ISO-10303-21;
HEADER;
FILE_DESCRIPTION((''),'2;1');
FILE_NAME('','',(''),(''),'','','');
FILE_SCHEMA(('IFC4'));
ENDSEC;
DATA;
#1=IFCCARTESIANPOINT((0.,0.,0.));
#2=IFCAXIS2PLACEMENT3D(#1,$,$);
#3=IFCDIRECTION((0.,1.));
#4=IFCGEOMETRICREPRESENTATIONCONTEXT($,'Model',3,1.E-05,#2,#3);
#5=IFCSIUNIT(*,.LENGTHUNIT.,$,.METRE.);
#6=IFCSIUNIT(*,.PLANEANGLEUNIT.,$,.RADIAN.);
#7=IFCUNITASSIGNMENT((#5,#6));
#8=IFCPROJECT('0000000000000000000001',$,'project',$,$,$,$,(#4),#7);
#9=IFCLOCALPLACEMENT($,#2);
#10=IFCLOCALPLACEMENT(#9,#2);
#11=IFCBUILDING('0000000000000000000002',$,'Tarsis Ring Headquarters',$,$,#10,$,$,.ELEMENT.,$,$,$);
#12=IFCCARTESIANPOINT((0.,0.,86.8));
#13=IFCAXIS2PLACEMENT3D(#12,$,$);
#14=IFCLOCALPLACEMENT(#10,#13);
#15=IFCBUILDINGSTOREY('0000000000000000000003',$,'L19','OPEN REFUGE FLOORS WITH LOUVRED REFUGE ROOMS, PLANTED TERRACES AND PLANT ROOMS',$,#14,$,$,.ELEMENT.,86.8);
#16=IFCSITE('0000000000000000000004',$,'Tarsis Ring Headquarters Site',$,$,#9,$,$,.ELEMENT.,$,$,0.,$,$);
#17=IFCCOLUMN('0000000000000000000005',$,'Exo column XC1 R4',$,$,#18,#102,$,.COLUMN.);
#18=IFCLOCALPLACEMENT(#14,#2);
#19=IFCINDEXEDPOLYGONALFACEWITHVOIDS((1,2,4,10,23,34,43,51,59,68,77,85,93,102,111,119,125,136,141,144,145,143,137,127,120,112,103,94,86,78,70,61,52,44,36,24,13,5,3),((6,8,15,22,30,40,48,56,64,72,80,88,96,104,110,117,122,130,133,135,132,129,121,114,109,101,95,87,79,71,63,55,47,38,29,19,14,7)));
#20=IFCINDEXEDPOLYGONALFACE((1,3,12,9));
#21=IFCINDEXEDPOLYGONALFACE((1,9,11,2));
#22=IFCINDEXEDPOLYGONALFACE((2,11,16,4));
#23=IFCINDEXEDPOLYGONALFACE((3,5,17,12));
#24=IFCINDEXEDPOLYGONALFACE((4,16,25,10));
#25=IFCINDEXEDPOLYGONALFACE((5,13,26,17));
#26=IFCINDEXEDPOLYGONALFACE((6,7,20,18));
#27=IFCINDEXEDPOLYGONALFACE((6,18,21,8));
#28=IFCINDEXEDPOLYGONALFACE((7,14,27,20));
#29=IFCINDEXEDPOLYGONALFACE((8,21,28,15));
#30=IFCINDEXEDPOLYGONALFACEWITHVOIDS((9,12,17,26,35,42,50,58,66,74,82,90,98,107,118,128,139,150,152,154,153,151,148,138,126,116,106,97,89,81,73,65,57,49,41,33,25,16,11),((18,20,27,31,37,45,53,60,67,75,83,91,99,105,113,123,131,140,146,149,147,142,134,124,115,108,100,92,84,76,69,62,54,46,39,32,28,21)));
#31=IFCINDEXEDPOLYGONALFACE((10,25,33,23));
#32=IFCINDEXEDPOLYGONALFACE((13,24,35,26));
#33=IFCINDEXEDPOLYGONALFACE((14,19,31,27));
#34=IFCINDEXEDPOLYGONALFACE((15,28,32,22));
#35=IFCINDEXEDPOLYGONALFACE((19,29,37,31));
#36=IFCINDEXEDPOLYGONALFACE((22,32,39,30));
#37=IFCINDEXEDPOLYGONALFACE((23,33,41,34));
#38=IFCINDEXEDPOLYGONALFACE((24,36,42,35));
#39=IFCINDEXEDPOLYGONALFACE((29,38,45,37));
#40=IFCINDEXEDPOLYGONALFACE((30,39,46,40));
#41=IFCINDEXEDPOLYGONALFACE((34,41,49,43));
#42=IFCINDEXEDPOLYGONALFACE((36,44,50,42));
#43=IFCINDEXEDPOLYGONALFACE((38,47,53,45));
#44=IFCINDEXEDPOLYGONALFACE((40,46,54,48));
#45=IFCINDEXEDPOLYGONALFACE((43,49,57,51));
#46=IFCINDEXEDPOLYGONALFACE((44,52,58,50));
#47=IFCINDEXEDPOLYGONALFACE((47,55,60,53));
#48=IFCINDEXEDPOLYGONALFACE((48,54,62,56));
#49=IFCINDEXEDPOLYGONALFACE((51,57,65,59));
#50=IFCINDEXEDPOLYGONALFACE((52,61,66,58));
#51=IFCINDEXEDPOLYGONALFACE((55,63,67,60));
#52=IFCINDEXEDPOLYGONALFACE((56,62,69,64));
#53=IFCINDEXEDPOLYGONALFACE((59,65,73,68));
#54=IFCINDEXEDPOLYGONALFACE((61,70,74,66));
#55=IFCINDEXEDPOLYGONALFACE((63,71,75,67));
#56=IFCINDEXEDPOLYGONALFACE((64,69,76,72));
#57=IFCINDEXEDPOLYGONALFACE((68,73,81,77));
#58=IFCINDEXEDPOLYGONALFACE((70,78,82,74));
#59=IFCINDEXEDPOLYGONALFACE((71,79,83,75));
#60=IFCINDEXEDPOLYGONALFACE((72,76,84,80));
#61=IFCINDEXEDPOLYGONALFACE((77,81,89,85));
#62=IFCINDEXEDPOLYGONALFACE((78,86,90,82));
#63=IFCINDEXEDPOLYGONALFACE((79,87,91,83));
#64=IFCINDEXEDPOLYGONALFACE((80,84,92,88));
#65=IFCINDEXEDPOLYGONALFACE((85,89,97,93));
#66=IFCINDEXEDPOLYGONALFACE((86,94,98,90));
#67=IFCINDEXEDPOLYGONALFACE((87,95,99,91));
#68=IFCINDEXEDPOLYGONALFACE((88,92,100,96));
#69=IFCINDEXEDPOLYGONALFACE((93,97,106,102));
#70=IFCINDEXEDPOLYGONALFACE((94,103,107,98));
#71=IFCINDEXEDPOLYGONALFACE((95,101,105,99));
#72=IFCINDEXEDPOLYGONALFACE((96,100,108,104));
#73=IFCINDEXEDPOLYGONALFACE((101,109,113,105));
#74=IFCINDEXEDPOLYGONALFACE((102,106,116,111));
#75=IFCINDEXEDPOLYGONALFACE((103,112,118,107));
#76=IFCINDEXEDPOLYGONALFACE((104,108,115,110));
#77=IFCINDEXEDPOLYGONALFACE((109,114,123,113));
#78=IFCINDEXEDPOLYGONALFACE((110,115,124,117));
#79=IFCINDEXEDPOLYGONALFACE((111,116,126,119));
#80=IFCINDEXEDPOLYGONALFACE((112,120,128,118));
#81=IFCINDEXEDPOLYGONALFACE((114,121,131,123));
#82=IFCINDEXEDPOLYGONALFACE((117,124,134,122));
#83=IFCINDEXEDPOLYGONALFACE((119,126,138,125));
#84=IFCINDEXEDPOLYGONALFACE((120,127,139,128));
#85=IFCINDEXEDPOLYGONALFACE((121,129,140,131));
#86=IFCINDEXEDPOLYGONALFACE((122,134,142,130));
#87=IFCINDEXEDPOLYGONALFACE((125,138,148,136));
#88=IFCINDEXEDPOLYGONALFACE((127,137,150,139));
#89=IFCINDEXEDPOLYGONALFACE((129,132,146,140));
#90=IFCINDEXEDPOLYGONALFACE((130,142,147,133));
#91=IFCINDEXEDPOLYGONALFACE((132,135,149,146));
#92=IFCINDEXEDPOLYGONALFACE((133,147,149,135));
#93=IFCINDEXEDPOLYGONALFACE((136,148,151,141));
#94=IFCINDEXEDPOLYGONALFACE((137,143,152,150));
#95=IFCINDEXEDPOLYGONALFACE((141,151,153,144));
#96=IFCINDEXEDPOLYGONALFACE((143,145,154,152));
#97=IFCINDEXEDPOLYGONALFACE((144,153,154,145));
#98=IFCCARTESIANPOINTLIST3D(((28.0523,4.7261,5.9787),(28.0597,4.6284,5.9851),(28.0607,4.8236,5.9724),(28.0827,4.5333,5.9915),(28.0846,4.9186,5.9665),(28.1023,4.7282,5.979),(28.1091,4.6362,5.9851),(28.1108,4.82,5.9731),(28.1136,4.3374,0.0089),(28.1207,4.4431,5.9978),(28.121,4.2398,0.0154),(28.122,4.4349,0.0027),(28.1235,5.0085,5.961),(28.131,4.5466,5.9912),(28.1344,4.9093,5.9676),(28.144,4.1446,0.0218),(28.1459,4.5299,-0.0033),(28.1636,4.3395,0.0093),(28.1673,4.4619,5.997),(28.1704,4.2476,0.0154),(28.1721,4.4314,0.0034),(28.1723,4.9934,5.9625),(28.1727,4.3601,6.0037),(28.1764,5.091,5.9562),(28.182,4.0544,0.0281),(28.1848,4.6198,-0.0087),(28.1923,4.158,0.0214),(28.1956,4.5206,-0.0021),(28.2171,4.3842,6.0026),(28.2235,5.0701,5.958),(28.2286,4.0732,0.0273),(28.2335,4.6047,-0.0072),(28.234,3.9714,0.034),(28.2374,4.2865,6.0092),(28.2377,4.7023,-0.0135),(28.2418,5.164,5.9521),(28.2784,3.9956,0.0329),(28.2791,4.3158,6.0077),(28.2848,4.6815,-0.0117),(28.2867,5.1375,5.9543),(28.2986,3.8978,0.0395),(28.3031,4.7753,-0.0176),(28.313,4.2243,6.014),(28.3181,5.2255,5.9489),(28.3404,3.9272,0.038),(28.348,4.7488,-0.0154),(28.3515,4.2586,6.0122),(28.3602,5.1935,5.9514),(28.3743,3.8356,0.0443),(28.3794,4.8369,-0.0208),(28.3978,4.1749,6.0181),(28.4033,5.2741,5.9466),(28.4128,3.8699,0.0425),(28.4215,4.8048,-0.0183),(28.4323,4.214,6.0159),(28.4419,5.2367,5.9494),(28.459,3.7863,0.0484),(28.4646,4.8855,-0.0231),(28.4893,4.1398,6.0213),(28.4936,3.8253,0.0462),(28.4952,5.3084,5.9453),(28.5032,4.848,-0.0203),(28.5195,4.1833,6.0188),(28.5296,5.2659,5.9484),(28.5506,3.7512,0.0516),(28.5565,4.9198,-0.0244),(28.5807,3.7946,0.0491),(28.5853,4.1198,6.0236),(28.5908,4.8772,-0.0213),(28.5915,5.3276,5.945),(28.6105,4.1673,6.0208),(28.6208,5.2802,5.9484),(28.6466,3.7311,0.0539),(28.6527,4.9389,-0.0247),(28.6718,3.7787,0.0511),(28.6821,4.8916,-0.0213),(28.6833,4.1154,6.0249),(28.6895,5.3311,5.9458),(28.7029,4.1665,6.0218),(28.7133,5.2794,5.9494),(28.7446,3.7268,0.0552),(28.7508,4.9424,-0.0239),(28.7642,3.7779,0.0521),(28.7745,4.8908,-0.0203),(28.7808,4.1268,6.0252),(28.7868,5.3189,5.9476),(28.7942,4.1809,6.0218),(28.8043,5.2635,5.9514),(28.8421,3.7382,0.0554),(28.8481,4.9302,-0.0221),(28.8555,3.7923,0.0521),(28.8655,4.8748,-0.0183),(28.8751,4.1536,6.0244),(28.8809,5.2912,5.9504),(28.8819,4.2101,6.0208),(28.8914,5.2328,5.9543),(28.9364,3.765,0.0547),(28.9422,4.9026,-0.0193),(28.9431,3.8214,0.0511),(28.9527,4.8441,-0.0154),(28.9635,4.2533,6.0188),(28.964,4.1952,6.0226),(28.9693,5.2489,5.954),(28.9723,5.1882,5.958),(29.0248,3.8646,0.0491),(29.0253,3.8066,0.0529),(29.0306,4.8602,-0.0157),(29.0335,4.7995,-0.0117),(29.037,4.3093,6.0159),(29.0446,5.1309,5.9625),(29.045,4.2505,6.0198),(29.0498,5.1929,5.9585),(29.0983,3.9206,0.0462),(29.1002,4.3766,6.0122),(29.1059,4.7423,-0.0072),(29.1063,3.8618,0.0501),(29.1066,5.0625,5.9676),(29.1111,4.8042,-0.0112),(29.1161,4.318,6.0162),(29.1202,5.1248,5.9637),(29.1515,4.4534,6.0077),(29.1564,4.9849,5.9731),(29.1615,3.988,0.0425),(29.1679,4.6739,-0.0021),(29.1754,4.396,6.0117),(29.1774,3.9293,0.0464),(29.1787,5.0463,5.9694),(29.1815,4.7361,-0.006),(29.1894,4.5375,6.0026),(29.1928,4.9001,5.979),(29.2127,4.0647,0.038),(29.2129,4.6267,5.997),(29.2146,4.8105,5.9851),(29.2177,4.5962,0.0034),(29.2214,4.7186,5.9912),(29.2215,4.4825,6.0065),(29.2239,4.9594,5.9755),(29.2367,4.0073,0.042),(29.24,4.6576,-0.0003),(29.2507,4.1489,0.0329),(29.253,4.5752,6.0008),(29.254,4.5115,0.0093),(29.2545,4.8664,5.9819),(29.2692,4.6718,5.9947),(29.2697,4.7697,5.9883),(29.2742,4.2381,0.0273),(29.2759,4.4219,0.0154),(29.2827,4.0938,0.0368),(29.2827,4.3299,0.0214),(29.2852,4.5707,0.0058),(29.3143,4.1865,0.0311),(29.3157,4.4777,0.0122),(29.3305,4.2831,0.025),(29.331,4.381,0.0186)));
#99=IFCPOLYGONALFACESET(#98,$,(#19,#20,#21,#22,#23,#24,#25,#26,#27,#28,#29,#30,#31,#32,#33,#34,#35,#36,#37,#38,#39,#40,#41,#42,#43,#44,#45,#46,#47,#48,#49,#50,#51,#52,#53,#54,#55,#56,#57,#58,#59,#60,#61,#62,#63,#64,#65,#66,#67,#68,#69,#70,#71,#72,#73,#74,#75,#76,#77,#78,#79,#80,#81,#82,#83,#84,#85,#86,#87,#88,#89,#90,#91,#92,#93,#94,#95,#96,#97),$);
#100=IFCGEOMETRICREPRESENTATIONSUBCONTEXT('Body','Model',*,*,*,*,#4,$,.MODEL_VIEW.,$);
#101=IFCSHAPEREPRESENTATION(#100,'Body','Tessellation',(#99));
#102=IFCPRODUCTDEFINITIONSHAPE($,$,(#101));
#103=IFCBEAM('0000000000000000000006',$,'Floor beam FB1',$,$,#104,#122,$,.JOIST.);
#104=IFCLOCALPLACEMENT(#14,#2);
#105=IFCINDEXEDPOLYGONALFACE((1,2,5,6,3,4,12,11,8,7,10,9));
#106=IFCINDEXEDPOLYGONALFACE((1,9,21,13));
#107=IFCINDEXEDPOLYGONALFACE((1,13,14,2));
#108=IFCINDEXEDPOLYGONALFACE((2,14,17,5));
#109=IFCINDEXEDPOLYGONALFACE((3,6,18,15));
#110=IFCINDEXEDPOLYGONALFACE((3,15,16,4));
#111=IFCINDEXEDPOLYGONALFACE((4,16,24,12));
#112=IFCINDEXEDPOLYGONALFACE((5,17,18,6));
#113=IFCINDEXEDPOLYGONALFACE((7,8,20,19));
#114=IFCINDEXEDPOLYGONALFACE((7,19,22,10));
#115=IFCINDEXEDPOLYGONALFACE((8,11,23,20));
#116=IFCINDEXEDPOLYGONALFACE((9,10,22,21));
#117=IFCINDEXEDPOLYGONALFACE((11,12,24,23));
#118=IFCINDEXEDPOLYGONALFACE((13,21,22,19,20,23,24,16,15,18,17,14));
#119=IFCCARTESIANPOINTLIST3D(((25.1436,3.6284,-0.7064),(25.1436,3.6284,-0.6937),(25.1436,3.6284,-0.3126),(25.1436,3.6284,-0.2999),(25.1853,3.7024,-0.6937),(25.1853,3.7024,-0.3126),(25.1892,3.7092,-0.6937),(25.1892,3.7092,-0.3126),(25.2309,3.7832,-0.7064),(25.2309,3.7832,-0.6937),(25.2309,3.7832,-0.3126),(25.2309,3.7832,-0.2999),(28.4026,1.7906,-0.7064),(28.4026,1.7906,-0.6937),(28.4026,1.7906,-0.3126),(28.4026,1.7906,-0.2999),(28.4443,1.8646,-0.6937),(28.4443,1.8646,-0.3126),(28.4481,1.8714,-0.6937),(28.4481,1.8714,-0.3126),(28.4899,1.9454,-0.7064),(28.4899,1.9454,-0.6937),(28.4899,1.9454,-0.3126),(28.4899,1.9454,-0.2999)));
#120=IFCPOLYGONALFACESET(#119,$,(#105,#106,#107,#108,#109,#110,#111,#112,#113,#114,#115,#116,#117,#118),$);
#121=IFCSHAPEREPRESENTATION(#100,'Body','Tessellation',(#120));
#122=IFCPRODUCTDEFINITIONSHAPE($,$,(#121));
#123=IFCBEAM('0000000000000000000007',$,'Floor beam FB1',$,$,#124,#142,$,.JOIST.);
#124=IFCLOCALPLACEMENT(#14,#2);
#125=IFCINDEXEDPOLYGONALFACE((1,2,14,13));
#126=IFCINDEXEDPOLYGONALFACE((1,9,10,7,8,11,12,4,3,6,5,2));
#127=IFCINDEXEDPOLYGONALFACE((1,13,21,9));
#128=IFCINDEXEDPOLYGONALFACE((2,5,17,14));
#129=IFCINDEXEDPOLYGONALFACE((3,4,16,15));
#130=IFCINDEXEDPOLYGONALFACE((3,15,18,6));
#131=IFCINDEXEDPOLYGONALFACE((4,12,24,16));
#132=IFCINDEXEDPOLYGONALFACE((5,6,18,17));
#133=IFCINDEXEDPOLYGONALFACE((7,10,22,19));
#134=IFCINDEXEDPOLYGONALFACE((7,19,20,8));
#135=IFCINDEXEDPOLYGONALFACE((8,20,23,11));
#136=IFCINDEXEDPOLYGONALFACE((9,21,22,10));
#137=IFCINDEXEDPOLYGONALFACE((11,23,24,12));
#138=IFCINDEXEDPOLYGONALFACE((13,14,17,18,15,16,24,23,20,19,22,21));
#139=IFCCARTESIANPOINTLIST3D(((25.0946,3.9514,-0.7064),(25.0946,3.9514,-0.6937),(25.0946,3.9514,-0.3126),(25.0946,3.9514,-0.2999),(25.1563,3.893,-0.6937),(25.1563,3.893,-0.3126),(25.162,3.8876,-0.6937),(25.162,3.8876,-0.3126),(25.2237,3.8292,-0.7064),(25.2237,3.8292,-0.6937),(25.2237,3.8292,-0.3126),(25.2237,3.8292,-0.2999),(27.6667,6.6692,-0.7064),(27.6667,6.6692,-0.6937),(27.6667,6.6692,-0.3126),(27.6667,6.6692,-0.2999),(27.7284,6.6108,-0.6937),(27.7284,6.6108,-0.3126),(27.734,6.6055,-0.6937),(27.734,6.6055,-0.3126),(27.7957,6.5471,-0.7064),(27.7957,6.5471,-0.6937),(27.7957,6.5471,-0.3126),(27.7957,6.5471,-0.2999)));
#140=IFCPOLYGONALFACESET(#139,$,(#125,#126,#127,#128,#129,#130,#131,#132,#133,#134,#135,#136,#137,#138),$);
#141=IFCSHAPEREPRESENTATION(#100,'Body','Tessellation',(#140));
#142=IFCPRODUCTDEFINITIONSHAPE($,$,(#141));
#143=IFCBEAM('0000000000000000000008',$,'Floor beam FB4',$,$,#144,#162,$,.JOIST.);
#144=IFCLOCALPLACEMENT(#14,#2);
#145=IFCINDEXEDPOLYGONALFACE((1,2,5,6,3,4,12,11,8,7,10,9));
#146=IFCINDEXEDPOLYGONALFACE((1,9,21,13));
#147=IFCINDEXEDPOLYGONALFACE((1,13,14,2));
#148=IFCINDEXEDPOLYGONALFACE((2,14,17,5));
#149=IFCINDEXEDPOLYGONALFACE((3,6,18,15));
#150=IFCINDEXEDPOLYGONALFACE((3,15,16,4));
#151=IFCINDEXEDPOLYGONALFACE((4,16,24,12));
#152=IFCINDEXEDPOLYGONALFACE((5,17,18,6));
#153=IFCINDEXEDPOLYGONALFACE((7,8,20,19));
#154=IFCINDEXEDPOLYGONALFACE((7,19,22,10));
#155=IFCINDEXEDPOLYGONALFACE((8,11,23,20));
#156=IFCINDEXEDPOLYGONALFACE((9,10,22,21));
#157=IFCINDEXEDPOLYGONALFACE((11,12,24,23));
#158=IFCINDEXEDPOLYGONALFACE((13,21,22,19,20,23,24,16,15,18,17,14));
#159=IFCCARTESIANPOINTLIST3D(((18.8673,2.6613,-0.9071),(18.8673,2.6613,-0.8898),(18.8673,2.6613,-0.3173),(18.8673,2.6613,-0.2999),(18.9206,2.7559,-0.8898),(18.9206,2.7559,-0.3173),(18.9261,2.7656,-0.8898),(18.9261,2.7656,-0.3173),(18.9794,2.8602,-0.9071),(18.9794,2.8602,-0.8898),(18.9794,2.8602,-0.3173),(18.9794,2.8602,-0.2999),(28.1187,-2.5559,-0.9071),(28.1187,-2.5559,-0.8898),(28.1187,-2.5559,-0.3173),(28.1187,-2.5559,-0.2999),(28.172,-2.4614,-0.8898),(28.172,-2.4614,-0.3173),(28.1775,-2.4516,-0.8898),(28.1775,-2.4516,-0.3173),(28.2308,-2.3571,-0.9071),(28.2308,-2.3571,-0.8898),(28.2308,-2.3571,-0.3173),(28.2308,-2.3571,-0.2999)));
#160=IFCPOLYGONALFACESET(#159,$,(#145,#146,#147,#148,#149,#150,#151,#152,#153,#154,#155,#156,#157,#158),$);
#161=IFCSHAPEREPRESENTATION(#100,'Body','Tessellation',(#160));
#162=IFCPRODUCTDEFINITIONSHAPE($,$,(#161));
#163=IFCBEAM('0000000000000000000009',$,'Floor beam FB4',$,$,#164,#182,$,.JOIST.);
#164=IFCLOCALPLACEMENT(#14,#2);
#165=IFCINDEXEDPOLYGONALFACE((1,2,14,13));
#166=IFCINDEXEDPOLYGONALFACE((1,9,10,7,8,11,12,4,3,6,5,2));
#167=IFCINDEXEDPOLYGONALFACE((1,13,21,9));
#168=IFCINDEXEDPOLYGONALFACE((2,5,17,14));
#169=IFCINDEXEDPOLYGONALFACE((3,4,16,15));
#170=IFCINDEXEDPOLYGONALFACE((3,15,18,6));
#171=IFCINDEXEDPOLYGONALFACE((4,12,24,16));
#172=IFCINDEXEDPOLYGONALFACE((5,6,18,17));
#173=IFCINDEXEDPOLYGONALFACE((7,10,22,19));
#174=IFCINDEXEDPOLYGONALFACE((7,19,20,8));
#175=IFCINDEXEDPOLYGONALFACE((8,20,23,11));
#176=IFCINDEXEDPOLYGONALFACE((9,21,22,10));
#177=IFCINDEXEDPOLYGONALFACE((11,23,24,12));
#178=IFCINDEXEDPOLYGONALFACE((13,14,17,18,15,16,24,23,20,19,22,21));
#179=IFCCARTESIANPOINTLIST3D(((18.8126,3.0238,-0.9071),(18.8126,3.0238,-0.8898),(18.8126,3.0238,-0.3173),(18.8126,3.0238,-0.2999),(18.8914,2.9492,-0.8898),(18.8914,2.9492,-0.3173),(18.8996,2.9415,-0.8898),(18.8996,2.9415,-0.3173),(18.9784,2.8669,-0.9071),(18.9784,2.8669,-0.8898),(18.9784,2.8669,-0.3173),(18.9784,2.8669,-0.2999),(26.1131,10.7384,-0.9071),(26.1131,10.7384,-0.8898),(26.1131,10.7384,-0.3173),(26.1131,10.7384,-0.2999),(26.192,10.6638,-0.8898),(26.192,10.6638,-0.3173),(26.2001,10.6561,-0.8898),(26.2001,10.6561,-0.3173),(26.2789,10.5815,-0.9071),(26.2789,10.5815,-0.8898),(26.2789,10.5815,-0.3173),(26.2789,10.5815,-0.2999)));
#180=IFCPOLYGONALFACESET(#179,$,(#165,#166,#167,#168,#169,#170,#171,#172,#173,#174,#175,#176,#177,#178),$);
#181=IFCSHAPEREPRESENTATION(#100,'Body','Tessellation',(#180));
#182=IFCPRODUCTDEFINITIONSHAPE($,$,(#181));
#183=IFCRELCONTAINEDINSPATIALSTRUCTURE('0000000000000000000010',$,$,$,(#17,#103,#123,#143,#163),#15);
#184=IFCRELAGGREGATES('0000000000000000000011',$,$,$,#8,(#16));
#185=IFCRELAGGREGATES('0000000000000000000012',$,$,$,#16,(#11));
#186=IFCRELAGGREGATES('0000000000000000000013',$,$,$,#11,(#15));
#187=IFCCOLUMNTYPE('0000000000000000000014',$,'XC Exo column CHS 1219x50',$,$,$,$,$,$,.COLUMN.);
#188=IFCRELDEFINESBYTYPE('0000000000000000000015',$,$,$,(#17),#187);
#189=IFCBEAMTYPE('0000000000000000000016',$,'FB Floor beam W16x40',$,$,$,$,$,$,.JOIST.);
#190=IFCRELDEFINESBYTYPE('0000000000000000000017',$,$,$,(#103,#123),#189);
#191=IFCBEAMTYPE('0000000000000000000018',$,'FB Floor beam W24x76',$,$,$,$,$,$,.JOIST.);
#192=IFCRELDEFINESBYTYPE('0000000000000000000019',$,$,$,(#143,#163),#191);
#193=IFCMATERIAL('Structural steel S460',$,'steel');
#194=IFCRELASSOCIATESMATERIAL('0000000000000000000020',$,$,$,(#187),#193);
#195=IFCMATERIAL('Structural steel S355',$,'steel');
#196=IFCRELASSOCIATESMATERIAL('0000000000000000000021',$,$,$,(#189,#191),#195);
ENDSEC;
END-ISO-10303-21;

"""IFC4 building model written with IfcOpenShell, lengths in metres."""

from ifc_helpers import new_model, si_unit, direction, frame, origin, origin_2d, place, context, subcontext, project, spatial, hollow_circle, i_section, extrude, material, material_profile, profile_set, type_object, element, save


model = new_model("IFC4")

# Units and contexts
model_context = context("Model", 3, precision=1e-05, world=origin(), true_north=direction((0.0, 1.0)))
body_context = subcontext(model_context, "Body", "Model", "MODEL_VIEW")
ifc_project = project(units=[si_unit("LENGTHUNIT", "METRE"), si_unit("PLANEANGLEUNIT", "RADIAN")], contexts=[model_context])

# Site, building, storey
site_placement = place(None, origin())
site = spatial("IfcSite", under=ifc_project, at=site_placement, Name="Tarsis Ring Headquarters Site", CompositionType="ELEMENT", RefElevation=0.0)
building_placement = place(site_placement, origin())
building = spatial("IfcBuilding", under=site, at=building_placement, Name="Tarsis Ring Headquarters", CompositionType="ELEMENT")
storey_placement = place(building_placement, frame((0.0, 0.0, 86.8)))
storey = spatial("IfcBuildingStorey", under=building, at=storey_placement, Name="L19", Description="OPEN REFUGE FLOORS WITH LOUVRED REFUGE ROOMS, PLANTED TERRACES AND PLANT ROOMS", CompositionType="ELEMENT", Elevation=86.8)

# Column
ifc_material_1 = material(Name="Structural steel S460", Category="steel")
ifc_material_profile_1 = material_profile(ifc_material_1, hollow_circle(Radius=0.6096, WallThickness=0.05, at=origin_2d()), Name="CHS 1219x50")
ifc_profile_set_1 = profile_set([ifc_material_profile_1], Name="Structural steel S460")
column_type = type_object("IfcColumnType", Name="XC Exo column CHS 1219x50", PredefinedType="COLUMN", material=ifc_profile_set_1)
column_placement = place(storey_placement, frame((28.7231, 4.3347, 0.0154), z_axis=(-0.010243, 0.064966, 0.997835), x_axis=(-0.987798, -0.15574, 0.0)))
element("IfcColumn", 1, at=column_placement, inside=storey, type_object=column_type, Name="Exo column XC1 R4", PredefinedType="COLUMN", context=body_context, shape_type="SweptSolid", body=[
    extrude(hollow_circle(Radius=0.6096, WallThickness=0.05, at=origin_2d()), origin(), (0.0, 0.0, 1.0), 5.9827),
])

# Beams
ifc_material_2 = material(Name="Structural steel S355", Category="steel")
ifc_material_profile_2 = material_profile(ifc_material_2, i_section(OverallWidth=0.1777, OverallDepth=0.4065, WebThickness=0.0078, FlangeThickness=0.0127, at=origin_2d()), Name="W16x40")
ifc_profile_set_2 = profile_set([ifc_material_profile_2], Name="Structural steel S355")
beam_type_1 = type_object("IfcBeamType", Name="FB Floor beam W16x40", PredefinedType="JOIST", material=ifc_profile_set_2)
beam_1_placement = place(storey_placement, frame((25.1873, 3.7058, -0.5032), z_axis=(0.87104, -0.491212, 0.0), x_axis=(0.491212, 0.87104, 0.0)))
element("IfcBeam", 2, at=beam_1_placement, inside=storey, type_object=beam_type_1, Name="Floor beam FB1", PredefinedType="JOIST", context=body_context, shape_type="SweptSolid", body=[
    extrude(i_section(OverallWidth=0.1777, OverallDepth=0.4065, WebThickness=0.0078, FlangeThickness=0.0127, at=origin_2d()), origin(), (0.0, 0.0, 1.0), 3.7415),
])
beam_2_placement = place(storey_placement, frame((27.7312, 6.6082, -0.5032), z_axis=(-0.687363, -0.726314, 0.0), x_axis=(0.726314, -0.687363, 0.0)))
element("IfcBeam", 3, at=beam_2_placement, inside=storey, type_object=beam_type_1, Name="Floor beam FB1", PredefinedType="JOIST", context=body_context, shape_type="SweptSolid", body=[
    extrude(i_section(OverallWidth=0.1777, OverallDepth=0.4065, WebThickness=0.0078, FlangeThickness=0.0127, at=origin_2d()), origin(), (0.0, 0.0, 1.0), 3.7419),
])
ifc_material_profile_3 = material_profile(ifc_material_2, i_section(OverallWidth=0.2283, OverallDepth=0.6072, WebThickness=0.0112, FlangeThickness=0.0173, at=origin_2d()), Name="W24x76")
ifc_profile_set_3 = profile_set([ifc_material_profile_3], Name="Structural steel S355")
beam_type_2 = type_object("IfcBeamType", Name="FB Floor beam W24x76", PredefinedType="JOIST", material=ifc_profile_set_3)
beam_3_placement = place(storey_placement, frame((18.9233, 2.7607, -0.6035), z_axis=(0.871038, -0.491215, 0.0), x_axis=(0.491215, 0.871038, 0.0)))
element("IfcBeam", 4, at=beam_3_placement, inside=storey, type_object=beam_type_2, Name="Floor beam FB4", PredefinedType="JOIST", context=body_context, shape_type="SweptSolid", body=[
    extrude(i_section(OverallWidth=0.2283, OverallDepth=0.6072, WebThickness=0.0112, FlangeThickness=0.0173, at=origin_2d()), origin(), (0.0, 0.0, 1.0), 10.6211),
])
beam_4_placement = place(storey_placement, frame((26.196, 10.6599, -0.6035), z_axis=(-0.687346, -0.72633, 0.0), x_axis=(0.72633, -0.687346, 0.0)))
element("IfcBeam", 5, at=beam_4_placement, inside=storey, type_object=beam_type_2, Name="Floor beam FB4", PredefinedType="JOIST", context=body_context, shape_type="SweptSolid", body=[
    extrude(i_section(OverallWidth=0.2283, OverallDepth=0.6072, WebThickness=0.0112, FlangeThickness=0.0173, at=origin_2d()), origin(), (0.0, 0.0, 1.0), 10.6213),
])

save(model, "model.ifc")
